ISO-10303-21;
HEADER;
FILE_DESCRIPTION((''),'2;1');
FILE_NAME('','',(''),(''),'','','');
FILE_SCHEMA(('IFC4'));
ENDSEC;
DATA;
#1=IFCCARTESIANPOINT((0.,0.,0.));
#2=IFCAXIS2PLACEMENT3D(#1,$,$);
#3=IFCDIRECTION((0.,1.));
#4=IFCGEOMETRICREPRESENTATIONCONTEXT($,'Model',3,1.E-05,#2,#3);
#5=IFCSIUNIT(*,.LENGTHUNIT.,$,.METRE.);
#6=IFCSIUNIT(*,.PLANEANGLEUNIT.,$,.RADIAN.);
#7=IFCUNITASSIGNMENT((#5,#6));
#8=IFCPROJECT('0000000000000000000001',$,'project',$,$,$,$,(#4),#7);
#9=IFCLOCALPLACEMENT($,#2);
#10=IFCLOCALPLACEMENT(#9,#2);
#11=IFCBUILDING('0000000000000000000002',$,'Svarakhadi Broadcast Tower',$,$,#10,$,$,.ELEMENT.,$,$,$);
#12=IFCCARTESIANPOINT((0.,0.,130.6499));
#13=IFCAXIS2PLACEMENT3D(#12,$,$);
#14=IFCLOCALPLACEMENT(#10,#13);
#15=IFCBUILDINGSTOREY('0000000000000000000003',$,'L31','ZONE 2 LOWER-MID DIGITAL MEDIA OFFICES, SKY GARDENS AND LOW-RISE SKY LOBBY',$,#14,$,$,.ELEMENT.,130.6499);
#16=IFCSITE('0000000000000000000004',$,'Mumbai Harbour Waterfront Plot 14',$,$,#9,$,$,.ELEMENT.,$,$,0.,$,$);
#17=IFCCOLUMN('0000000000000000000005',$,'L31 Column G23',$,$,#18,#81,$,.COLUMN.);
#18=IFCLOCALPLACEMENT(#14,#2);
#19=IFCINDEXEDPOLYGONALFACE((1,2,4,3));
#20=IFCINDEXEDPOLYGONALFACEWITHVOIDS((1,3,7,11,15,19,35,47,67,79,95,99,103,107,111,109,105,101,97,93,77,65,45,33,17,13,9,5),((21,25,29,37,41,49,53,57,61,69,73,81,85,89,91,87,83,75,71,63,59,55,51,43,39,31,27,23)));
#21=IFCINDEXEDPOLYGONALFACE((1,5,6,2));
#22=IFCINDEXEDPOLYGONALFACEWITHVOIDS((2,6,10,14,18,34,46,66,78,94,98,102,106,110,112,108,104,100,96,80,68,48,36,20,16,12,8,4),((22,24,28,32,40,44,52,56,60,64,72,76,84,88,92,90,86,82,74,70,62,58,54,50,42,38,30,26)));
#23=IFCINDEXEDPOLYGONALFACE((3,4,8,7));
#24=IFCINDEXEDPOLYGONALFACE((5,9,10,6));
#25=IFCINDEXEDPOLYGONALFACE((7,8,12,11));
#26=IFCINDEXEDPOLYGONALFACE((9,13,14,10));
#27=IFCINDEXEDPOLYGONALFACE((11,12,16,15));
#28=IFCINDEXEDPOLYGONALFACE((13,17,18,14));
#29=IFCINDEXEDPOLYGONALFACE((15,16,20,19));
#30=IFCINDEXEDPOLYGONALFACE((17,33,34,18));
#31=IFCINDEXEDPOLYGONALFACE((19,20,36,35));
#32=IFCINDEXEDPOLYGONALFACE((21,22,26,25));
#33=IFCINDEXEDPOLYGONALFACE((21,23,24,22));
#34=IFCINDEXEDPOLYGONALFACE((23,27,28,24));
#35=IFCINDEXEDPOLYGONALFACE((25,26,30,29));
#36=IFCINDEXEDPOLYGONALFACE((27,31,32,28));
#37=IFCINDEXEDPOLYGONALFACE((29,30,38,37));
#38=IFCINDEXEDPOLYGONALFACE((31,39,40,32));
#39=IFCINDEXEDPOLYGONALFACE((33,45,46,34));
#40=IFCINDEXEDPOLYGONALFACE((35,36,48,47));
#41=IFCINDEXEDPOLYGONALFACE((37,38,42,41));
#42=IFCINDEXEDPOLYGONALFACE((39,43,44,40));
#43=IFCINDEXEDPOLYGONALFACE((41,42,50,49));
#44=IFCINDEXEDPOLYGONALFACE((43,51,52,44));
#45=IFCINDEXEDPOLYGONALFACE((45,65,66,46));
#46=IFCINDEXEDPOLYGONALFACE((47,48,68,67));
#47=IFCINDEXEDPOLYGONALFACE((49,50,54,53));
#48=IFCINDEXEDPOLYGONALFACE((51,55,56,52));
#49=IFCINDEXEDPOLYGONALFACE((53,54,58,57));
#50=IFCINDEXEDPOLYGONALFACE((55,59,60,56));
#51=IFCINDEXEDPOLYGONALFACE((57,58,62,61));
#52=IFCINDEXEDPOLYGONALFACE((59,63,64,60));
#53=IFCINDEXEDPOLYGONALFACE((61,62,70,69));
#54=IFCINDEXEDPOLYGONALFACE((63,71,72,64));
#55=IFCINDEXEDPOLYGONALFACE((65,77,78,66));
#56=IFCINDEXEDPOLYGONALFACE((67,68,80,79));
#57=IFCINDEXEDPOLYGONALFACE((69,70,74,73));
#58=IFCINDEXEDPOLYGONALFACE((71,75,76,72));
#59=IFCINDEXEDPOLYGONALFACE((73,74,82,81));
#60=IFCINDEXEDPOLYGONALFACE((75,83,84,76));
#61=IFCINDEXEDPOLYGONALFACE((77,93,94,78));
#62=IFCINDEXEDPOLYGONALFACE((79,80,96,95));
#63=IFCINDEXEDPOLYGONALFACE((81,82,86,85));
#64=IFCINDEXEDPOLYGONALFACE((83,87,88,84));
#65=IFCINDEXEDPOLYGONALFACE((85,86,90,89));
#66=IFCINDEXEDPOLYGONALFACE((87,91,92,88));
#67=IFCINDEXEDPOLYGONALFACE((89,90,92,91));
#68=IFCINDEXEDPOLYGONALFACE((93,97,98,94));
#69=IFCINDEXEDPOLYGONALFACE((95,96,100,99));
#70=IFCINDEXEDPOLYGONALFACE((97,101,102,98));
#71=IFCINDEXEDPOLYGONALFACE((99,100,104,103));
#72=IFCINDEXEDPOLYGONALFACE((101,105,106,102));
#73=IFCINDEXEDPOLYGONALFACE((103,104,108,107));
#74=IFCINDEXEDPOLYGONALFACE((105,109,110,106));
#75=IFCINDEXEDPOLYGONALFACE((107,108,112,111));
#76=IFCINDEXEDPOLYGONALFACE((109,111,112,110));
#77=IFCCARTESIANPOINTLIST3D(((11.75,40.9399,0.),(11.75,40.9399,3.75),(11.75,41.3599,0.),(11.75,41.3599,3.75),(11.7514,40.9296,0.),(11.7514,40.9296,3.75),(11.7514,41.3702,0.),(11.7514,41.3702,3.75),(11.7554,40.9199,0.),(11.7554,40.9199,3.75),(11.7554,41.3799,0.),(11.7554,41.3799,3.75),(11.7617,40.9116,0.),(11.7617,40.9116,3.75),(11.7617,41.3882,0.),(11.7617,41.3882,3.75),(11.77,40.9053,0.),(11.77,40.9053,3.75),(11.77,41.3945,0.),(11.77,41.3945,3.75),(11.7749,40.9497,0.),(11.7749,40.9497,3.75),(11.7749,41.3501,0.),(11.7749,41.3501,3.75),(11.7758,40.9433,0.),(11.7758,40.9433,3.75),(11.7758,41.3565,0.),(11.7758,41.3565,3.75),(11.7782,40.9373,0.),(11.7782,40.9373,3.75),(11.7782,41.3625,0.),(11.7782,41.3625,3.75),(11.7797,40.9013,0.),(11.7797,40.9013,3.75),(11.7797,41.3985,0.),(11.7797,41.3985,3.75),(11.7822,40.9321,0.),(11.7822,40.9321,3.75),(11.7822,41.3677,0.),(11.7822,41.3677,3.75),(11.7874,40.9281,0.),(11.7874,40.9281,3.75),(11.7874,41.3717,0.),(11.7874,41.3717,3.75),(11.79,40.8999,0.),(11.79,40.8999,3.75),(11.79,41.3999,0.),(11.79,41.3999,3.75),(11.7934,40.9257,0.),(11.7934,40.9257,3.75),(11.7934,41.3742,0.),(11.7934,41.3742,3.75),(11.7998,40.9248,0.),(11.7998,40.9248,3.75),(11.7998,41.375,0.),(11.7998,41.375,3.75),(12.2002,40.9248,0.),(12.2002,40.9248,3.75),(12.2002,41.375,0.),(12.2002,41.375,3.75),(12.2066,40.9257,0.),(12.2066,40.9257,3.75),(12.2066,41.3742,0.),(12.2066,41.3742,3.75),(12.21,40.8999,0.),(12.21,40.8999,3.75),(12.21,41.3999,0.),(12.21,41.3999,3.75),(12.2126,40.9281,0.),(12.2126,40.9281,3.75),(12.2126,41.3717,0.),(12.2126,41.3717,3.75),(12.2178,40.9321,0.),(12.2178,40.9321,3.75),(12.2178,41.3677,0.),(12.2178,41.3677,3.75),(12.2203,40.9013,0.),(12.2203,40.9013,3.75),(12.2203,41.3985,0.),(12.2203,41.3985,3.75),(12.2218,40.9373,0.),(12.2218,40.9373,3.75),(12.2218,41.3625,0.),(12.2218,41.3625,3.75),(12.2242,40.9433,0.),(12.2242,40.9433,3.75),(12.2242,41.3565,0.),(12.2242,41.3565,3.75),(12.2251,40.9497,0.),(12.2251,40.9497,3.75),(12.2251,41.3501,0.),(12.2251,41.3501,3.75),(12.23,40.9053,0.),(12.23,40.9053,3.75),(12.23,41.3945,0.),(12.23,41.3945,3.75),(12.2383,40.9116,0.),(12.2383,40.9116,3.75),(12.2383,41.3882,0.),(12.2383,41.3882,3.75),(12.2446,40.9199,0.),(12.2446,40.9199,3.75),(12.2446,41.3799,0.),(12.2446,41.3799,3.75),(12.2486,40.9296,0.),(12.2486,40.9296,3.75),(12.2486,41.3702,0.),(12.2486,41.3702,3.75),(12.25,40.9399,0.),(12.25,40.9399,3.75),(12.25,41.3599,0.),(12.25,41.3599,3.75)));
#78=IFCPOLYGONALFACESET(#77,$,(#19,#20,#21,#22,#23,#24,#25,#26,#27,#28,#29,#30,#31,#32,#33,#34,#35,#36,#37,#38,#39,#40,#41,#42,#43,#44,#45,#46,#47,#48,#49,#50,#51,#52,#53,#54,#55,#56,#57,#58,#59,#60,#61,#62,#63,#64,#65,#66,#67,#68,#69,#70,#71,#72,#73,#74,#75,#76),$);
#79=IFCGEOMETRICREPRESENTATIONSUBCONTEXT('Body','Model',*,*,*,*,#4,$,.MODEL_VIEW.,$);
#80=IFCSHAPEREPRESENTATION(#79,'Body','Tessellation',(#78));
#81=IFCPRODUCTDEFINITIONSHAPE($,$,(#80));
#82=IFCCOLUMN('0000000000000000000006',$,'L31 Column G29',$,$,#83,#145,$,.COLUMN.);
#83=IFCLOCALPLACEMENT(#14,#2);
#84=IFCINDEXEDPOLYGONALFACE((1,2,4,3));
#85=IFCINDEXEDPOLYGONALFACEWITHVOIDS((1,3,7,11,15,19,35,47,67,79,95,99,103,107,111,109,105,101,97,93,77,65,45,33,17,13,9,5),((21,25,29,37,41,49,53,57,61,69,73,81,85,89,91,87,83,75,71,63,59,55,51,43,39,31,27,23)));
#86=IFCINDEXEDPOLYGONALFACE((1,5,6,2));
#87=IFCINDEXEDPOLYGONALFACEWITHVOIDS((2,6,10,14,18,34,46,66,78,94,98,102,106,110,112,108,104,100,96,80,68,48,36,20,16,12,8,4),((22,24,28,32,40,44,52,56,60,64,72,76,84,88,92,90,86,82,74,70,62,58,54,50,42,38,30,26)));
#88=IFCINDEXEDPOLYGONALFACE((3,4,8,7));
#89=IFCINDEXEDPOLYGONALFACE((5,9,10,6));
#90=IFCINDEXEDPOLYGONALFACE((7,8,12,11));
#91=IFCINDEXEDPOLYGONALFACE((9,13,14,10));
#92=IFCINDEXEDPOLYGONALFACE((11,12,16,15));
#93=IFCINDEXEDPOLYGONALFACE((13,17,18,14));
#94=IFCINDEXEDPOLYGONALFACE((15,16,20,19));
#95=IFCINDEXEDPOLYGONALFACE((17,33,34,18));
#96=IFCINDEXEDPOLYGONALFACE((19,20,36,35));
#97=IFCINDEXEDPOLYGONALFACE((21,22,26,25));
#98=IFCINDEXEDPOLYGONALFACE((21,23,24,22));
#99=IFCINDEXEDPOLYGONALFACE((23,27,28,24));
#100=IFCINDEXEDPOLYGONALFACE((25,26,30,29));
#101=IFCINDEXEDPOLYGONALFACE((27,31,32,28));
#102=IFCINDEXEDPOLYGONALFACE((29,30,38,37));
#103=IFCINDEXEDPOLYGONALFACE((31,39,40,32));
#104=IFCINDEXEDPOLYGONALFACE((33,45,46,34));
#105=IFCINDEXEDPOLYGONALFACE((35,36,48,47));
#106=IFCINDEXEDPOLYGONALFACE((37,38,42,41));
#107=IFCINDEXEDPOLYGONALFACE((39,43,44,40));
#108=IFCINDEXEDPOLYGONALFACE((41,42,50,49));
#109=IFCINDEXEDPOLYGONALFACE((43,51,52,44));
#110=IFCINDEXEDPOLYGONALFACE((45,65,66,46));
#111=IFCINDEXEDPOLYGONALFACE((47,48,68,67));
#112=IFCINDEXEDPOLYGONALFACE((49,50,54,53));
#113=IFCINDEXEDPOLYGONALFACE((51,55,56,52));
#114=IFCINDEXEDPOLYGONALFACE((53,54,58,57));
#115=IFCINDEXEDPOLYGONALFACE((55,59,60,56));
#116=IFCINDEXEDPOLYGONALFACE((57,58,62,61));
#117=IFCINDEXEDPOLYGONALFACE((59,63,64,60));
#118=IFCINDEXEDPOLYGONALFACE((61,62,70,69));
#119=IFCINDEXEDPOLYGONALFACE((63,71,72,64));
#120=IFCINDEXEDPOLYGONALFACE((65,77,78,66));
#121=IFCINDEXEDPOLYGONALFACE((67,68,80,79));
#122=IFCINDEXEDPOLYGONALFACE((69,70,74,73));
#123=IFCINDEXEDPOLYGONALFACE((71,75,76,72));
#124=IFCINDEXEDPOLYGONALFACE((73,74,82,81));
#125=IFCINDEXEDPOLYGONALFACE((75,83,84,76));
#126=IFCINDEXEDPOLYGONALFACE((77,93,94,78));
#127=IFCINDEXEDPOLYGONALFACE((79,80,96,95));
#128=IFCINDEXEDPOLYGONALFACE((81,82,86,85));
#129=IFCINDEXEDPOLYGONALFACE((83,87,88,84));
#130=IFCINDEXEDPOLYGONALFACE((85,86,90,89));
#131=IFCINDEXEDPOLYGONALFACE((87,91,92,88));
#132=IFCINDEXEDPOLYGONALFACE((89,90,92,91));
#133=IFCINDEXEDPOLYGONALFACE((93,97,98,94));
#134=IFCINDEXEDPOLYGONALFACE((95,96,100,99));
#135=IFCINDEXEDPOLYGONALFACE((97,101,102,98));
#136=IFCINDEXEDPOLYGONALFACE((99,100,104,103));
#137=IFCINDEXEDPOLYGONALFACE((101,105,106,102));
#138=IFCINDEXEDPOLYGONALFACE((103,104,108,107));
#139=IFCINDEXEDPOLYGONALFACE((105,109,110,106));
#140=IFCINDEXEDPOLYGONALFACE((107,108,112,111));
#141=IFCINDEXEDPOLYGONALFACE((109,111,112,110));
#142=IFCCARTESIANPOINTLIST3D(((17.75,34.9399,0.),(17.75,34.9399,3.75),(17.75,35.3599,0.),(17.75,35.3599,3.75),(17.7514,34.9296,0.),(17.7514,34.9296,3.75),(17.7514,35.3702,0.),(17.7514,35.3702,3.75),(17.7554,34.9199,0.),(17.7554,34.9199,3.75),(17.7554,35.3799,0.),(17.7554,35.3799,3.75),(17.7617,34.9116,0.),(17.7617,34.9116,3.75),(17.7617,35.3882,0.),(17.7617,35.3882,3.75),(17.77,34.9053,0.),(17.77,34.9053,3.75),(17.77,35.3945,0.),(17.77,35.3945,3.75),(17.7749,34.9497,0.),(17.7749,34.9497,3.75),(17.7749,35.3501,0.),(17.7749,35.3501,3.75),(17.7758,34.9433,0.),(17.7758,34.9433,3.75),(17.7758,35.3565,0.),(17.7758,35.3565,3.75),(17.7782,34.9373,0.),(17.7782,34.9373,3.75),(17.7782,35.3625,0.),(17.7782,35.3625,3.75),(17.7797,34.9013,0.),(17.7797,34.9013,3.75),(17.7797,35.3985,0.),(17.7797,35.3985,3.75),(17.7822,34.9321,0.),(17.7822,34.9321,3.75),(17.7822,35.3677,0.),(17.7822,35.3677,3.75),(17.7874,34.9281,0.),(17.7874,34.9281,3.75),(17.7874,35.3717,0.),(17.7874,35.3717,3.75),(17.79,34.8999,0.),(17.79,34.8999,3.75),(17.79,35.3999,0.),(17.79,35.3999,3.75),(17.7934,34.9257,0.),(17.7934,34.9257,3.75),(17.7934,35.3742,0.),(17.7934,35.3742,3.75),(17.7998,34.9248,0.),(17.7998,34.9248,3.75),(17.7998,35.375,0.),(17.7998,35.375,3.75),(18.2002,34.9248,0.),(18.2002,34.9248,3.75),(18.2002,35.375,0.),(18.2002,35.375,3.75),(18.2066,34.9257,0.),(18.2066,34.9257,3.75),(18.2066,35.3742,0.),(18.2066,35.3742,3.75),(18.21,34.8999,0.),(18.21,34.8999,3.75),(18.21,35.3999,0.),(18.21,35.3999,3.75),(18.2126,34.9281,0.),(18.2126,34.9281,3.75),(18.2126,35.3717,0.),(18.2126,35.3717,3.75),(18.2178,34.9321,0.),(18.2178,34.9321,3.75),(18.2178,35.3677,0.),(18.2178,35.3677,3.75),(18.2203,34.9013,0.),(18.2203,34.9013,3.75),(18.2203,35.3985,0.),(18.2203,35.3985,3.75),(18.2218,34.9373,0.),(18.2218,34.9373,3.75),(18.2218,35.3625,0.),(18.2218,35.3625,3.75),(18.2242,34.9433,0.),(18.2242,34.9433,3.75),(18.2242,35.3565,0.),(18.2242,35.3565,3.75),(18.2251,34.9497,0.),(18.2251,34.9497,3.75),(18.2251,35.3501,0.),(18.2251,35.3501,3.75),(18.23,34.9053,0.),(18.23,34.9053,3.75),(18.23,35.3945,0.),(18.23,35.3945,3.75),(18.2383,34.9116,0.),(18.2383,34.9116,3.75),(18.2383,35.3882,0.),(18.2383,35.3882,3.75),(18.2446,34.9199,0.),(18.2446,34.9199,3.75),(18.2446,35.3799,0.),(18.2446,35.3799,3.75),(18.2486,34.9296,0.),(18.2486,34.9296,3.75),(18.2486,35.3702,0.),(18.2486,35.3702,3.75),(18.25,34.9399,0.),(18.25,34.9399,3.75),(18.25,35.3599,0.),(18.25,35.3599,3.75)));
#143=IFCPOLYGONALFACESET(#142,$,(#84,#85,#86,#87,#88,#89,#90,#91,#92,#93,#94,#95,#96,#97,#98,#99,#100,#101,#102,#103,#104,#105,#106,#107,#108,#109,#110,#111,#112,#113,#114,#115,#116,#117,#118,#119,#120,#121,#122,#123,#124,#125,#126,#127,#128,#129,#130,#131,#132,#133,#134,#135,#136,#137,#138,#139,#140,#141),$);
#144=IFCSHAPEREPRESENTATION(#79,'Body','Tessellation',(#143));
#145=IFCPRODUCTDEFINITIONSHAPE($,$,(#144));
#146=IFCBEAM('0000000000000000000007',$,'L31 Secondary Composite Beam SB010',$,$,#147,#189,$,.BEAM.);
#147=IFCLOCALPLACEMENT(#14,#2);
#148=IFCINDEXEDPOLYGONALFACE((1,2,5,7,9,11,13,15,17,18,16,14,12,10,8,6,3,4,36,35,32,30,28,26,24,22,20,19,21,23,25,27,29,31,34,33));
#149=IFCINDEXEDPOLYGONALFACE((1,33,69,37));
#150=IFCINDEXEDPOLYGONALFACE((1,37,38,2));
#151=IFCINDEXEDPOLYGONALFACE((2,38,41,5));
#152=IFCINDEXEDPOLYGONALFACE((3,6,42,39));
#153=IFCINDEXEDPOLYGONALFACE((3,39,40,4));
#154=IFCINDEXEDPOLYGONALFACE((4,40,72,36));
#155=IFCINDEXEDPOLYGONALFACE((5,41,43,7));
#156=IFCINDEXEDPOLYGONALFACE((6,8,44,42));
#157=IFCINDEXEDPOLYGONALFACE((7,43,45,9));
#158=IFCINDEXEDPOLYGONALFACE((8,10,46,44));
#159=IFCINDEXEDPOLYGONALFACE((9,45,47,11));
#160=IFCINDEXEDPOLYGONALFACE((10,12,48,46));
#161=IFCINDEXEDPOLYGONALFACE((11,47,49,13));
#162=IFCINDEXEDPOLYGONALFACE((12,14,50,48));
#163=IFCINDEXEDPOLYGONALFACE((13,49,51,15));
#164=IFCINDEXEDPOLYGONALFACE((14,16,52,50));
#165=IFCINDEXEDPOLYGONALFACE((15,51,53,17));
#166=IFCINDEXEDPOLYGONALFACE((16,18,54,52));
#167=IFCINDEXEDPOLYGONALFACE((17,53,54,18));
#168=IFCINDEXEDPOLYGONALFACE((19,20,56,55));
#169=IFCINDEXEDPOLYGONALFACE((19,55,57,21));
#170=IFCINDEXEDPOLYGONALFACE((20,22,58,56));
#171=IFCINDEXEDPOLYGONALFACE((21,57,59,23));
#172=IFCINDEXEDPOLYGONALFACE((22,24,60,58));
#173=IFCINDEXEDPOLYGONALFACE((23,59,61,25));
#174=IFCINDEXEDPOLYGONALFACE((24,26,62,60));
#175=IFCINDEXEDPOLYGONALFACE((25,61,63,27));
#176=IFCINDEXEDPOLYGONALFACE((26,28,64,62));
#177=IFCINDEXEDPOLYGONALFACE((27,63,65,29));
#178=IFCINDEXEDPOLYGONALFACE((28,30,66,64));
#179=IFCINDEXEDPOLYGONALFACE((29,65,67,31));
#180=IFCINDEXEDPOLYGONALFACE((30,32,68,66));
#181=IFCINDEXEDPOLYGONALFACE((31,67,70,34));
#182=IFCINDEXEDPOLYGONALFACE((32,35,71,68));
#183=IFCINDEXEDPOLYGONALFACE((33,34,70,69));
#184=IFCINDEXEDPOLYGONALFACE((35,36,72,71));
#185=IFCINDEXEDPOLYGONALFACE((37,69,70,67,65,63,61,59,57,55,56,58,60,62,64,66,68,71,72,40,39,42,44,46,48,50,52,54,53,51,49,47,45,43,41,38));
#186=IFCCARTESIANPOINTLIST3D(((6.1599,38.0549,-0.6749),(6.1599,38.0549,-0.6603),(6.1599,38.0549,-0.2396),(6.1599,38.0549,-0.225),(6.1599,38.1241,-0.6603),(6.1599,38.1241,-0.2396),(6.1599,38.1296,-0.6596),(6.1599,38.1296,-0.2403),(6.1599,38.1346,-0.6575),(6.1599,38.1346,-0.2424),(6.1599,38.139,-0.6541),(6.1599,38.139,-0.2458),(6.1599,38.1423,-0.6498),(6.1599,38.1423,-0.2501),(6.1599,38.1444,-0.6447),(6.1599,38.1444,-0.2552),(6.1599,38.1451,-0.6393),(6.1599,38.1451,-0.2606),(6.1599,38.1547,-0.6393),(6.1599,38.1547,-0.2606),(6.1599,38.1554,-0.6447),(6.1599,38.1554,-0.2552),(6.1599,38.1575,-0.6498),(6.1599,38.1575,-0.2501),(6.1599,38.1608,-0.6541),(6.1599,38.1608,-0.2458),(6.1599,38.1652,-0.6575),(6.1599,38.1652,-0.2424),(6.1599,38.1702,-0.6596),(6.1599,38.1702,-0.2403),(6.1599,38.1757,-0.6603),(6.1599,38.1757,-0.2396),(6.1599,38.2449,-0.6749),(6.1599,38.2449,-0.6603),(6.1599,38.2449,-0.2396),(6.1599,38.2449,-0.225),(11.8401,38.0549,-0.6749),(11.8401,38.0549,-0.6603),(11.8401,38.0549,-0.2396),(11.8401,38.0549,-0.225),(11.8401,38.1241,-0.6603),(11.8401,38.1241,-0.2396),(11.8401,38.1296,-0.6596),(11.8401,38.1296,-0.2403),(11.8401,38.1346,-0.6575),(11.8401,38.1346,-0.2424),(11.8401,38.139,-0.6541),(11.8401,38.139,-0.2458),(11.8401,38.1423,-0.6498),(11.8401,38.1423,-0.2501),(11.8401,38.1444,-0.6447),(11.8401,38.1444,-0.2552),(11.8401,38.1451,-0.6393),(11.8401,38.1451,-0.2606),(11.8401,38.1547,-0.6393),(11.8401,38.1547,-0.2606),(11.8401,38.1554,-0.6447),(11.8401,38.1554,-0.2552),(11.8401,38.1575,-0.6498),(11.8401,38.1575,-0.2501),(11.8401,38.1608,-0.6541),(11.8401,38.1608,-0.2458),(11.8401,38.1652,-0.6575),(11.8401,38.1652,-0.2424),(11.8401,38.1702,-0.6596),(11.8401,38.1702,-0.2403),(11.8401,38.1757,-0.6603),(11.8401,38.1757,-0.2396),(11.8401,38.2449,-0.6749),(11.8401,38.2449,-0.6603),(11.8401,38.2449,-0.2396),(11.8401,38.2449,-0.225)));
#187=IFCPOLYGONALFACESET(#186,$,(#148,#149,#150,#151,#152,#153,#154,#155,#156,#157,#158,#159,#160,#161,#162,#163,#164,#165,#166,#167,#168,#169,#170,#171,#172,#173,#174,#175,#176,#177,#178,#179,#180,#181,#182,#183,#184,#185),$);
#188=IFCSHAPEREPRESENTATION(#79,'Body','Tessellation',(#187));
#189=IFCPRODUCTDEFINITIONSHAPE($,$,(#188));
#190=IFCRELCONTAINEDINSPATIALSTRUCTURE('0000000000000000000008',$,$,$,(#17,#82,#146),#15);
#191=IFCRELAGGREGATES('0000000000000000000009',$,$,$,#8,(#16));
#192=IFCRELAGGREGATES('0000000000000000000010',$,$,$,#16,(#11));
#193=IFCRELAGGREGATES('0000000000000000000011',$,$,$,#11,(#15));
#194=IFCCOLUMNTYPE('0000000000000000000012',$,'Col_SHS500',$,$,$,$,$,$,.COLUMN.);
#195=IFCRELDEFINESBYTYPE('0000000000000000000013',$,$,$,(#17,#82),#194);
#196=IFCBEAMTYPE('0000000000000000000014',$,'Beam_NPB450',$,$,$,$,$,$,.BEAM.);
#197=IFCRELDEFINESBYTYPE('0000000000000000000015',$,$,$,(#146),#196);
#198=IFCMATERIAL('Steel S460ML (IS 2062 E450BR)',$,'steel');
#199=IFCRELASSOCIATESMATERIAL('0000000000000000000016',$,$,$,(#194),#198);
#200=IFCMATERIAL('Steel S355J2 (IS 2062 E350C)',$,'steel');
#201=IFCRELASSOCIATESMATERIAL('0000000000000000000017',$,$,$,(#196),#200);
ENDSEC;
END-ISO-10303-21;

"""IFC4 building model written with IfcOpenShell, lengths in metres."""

from ifc_helpers import new_model, si_unit, direction, frame, origin, origin_2d, place, context, subcontext, project, spatial, hollow_rectangle, i_section, extrude, material, material_profile, profile_set, type_object, element, save


model = new_model("IFC4")

# Units and contexts
model_context = context("Model", 3, precision=1e-05, world=origin(), true_north=direction((0.0, 1.0)))
body_context = subcontext(model_context, "Body", "Model", "MODEL_VIEW")
ifc_project = project(units=[si_unit("LENGTHUNIT", "METRE"), si_unit("PLANEANGLEUNIT", "RADIAN")], contexts=[model_context])

# Site, building, storey
site_placement = place(None, origin())
site = spatial("IfcSite", under=ifc_project, at=site_placement, Name="Mumbai Harbour Waterfront Plot 14", CompositionType="ELEMENT", RefElevation=0.0)
building_placement = place(site_placement, origin())
building = spatial("IfcBuilding", under=site, at=building_placement, Name="Svarakhadi Broadcast Tower", CompositionType="ELEMENT")
storey_placement = place(building_placement, frame((0.0, 0.0, 130.6499)))
storey = spatial("IfcBuildingStorey", under=building, at=storey_placement, Name="L31", Description="ZONE 2 LOWER-MID DIGITAL MEDIA OFFICES, SKY GARDENS AND LOW-RISE SKY LOBBY", CompositionType="ELEMENT", Elevation=130.6499)

# Columns
ifc_material_1 = material(Name="Steel S460ML (IS 2062 E450BR)", Category="steel")
ifc_material_profile_1 = material_profile(ifc_material_1, hollow_rectangle(XDim=0.5, YDim=0.5, WallThickness=0.0249, InnerFilletRadius=0.0249, OuterFilletRadius=0.04, at=origin_2d()), Name="SHS 500x500x25")
ifc_profile_set_1 = profile_set([ifc_material_profile_1], Name="Steel S460ML (IS 2062 E450BR)")
column_type_1 = type_object("IfcColumnType", Name="Col_SHS500", PredefinedType="COLUMN", material=ifc_profile_set_1)
for number, where, z_axis, x_axis, name in (
    (1, (12.0, 41.1499, 0.0), (0.0, 0.0, 1.0), (1.0, 0.0, 0.0), "L31 Column G23"),
    (2, (18.0, 35.1499, 0.0), (0.0, 0.0, 1.0), (1.0, 0.0, 0.0), "L31 Column G29"),
):
    element("IfcColumn", number, at=place(storey_placement, frame(where, z_axis=z_axis, x_axis=x_axis)), inside=storey, type_object=column_type_1, Name=name, PredefinedType="COLUMN", context=body_context, shape_type="SweptSolid", body=[
        extrude(hollow_rectangle(XDim=0.5, YDim=0.5, WallThickness=0.0249, InnerFilletRadius=0.0249, OuterFilletRadius=0.04, at=origin_2d()), origin(), (0.0, 0.0, 1.0), 3.75),
    ])

# Beam
ifc_material_2 = material(Name="Steel S355J2 (IS 2062 E350C)", Category="steel")
ifc_material_profile_2 = material_profile(ifc_material_2, i_section(OverallWidth=0.1899, OverallDepth=0.45, WebThickness=0.0095, FlangeThickness=0.0146, FilletRadius=0.021, at=origin_2d()), Name="NPB 450x190x78")
ifc_profile_set_2 = profile_set([ifc_material_profile_2], Name="Steel S355J2 (IS 2062 E350C)")
beam_type_1 = type_object("IfcBeamType", Name="Beam_NPB450", PredefinedType="BEAM", material=ifc_profile_set_2)
for number, where, z_axis, x_axis, name in (
    (3, (6.1599, 38.1499, -0.45), (1.0, 0.0, 0.0), (0.0, 1.0, 0.0), "L31 Secondary Composite Beam SB010"),
):
    element("IfcBeam", number, at=place(storey_placement, frame(where, z_axis=z_axis, x_axis=x_axis)), inside=storey, type_object=beam_type_1, Name=name, PredefinedType="BEAM", context=body_context, shape_type="SweptSolid", body=[
        extrude(i_section(OverallWidth=0.1899, OverallDepth=0.45, WebThickness=0.0095, FlangeThickness=0.0146, FilletRadius=0.021, at=origin_2d()), origin(), (0.0, 0.0, 1.0), 5.6802),
    ])

save(model, "model.ifc")
